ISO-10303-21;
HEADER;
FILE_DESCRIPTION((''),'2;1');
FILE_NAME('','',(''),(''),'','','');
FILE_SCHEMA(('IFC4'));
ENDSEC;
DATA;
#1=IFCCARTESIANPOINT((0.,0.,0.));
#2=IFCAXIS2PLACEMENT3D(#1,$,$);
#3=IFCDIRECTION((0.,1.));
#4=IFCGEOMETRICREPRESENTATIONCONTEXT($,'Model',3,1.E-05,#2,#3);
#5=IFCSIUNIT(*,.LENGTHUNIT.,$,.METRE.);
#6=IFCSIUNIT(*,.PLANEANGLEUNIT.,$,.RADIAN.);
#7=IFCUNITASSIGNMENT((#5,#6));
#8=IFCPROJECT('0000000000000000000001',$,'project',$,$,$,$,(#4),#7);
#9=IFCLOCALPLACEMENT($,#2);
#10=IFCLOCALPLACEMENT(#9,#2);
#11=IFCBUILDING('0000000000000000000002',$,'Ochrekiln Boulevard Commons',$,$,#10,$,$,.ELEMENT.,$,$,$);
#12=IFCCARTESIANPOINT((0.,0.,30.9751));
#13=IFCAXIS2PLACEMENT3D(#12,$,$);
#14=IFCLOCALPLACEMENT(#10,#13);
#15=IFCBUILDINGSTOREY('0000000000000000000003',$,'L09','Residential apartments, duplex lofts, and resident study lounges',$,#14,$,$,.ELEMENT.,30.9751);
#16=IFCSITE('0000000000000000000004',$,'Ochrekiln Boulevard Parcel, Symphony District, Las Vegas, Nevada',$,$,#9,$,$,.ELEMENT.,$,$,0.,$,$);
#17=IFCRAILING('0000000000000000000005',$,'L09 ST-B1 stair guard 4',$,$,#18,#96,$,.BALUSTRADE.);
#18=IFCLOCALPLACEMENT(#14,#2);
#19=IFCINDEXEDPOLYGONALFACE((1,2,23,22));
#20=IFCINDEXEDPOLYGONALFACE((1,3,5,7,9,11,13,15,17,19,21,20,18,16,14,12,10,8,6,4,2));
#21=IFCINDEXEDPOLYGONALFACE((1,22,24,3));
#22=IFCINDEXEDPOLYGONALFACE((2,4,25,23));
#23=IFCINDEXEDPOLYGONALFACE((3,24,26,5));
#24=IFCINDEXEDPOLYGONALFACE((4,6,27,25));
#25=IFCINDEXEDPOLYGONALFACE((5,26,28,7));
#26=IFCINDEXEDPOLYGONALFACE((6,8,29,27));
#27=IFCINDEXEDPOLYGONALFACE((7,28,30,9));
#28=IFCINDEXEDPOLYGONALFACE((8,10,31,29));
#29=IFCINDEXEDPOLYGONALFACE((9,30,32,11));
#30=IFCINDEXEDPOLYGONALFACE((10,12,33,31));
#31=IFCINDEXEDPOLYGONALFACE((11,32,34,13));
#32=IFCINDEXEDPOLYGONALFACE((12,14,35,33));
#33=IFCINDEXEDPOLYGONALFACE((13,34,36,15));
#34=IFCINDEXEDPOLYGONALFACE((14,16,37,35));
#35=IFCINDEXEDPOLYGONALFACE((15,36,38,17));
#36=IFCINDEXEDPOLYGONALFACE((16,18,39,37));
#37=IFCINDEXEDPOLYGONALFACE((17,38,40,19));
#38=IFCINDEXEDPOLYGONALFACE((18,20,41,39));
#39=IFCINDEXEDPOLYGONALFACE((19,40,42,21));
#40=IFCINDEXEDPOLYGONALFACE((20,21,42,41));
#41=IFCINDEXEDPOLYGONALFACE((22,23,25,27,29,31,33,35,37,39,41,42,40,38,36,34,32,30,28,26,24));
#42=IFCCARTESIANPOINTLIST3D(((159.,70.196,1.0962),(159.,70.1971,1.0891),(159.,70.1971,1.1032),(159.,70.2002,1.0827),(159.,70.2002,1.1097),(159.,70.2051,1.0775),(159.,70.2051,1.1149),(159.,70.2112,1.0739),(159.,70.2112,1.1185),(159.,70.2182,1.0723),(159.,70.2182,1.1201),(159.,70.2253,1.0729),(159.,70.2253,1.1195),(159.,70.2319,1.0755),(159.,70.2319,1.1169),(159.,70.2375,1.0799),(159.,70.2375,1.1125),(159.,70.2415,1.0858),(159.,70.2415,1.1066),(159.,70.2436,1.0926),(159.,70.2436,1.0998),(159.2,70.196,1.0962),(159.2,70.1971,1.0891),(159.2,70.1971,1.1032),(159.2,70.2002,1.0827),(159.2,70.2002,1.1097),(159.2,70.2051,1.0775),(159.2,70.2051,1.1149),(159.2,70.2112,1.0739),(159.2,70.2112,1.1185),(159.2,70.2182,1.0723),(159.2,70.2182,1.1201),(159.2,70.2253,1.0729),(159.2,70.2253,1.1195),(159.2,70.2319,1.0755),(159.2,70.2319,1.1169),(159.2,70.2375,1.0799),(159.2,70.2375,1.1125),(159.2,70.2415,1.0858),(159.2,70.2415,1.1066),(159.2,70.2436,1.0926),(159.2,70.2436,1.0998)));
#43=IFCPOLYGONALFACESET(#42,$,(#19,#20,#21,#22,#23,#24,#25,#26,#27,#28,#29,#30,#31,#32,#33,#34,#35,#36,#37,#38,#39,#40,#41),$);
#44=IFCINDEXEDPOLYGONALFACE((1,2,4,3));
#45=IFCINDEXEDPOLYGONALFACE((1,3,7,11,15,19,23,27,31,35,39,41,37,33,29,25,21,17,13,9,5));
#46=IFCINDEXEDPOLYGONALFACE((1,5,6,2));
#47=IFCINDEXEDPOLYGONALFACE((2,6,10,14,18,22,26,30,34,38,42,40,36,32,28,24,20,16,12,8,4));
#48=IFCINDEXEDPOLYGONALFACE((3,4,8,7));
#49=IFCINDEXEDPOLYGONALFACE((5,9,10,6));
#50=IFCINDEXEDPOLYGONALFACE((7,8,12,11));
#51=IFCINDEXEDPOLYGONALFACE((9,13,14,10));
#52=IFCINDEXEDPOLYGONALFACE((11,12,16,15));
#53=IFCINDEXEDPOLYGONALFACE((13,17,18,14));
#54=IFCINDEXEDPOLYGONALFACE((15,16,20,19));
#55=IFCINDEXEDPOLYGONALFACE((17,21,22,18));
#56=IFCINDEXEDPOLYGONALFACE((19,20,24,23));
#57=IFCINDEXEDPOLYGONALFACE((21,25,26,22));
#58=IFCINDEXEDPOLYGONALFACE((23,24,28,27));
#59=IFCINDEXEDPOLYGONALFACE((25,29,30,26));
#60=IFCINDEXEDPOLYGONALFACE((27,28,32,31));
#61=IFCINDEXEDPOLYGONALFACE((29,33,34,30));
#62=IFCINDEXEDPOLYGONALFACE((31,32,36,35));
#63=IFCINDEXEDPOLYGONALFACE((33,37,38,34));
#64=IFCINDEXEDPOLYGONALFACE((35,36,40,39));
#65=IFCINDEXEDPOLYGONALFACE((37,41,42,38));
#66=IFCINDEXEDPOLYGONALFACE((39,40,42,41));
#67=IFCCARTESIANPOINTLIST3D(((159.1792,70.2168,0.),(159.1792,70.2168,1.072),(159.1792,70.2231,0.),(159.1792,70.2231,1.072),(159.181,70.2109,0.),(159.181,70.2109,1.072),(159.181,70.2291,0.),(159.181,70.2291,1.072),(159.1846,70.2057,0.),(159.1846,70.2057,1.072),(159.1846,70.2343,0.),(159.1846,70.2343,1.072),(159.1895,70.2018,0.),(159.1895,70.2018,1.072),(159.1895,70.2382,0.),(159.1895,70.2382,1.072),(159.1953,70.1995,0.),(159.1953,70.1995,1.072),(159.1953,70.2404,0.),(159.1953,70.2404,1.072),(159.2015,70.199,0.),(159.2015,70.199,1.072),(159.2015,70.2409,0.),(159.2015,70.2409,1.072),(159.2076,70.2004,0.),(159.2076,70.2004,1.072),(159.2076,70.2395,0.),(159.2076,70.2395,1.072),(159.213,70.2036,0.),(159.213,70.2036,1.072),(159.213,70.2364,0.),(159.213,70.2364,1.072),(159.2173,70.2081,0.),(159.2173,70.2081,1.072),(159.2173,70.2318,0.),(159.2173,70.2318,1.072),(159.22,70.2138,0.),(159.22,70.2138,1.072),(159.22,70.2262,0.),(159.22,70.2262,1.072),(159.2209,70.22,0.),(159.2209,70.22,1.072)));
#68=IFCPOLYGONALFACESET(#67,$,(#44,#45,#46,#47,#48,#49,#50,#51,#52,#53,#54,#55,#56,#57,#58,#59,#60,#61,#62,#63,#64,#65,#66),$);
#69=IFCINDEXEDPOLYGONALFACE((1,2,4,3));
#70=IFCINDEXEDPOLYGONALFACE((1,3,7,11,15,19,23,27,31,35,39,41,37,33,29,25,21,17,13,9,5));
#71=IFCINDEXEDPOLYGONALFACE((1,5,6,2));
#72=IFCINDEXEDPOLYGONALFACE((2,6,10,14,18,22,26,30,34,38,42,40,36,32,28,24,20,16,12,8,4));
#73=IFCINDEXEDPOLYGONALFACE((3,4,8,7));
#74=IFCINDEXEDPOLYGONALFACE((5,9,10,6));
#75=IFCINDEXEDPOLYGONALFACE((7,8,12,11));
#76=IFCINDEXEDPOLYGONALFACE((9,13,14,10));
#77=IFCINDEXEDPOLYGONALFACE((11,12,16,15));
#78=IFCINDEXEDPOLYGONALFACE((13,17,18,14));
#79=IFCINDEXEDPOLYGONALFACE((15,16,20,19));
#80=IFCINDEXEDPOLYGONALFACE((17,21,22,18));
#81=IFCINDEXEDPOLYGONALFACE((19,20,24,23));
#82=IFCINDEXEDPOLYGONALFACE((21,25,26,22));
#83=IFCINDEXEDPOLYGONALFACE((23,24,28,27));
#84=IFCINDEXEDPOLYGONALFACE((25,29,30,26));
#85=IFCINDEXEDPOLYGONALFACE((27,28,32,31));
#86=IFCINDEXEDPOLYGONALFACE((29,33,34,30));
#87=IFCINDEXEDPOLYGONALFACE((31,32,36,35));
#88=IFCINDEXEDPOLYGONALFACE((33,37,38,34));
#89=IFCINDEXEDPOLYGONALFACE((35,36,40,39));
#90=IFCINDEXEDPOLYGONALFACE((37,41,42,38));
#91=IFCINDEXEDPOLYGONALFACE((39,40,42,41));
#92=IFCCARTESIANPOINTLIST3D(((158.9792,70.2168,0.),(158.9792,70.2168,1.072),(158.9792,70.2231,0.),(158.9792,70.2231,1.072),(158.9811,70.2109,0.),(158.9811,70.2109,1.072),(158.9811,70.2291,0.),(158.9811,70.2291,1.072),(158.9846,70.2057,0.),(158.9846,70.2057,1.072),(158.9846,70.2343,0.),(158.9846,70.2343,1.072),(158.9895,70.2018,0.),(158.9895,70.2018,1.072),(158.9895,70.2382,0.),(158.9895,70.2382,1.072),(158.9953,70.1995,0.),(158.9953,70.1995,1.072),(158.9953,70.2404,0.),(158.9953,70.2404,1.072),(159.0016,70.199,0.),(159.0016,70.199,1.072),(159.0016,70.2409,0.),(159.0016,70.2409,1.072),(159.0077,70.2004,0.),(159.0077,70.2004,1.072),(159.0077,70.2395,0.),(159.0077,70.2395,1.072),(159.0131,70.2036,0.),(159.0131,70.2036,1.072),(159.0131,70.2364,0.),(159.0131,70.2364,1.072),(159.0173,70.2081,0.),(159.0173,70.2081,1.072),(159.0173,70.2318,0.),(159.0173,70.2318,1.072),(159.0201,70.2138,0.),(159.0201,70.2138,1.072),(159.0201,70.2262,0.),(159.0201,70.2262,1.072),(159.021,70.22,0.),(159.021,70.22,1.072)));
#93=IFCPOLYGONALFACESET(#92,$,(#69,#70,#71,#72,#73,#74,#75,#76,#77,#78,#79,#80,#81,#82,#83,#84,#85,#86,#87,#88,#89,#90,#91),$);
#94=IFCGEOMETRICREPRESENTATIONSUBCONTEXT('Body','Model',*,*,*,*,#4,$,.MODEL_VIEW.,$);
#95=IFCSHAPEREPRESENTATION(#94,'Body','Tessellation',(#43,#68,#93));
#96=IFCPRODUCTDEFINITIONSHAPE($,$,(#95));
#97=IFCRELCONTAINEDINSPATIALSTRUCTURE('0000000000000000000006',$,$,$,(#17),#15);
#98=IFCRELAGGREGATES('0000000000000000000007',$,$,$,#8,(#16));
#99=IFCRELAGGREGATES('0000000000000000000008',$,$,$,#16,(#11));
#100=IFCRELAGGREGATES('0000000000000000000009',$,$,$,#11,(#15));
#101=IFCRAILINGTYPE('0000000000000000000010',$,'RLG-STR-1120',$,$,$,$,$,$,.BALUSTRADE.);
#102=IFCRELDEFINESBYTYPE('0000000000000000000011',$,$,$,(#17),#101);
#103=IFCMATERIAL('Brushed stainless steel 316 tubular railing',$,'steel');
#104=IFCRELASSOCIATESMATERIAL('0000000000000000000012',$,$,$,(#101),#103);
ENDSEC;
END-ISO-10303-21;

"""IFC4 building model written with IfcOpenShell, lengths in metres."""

from ifc_helpers import new_model, si_unit, direction, frame, origin, origin_2d, place, context, subcontext, project, spatial, circle, extrude, material, type_object, element, save


model = new_model("IFC4")

# Units and contexts
model_context = context("Model", 3, precision=1e-05, world=origin(), true_north=direction((0.0, 1.0)))
body_context = subcontext(model_context, "Body", "Model", "MODEL_VIEW")
ifc_project = project(units=[si_unit("LENGTHUNIT", "METRE"), si_unit("PLANEANGLEUNIT", "RADIAN")], contexts=[model_context])

# Site, building, storey
site_placement = place(None, origin())
site = spatial("IfcSite", under=ifc_project, at=site_placement, Name="Ochrekiln Boulevard Parcel, Symphony District, Las Vegas, Nevada", CompositionType="ELEMENT", RefElevation=0.0)
building_placement = place(site_placement, origin())
building = spatial("IfcBuilding", under=site, at=building_placement, Name="Ochrekiln Boulevard Commons", CompositionType="ELEMENT")
storey_placement = place(building_placement, frame((0.0, 0.0, 30.9751)))
storey = spatial("IfcBuildingStorey", under=building, at=storey_placement, Name="L09", Description="Residential apartments, duplex lofts, and resident study lounges", CompositionType="ELEMENT", Elevation=30.9751)

# Railing
ifc_material_1 = material(Name="Brushed stainless steel 316 tubular railing", Category="steel")
railing_type_1 = type_object("IfcRailingType", Name="RLG-STR-1120", PredefinedType="BALUSTRADE", material=ifc_material_1)
railing_1_placement = place(storey_placement, frame((159.2, 70.22, 0.0)))
element("IfcRailing", 1, at=railing_1_placement, inside=storey, type_object=railing_type_1, Name="L09 ST-B1 stair guard 4", PredefinedType="BALUSTRADE", context=body_context, shape_type="SweptSolid", body=[
    extrude(circle(Radius=0.0239, at=origin_2d()), frame((0.0, 0.0, 1.0962), z_axis=(-1.0, 0.0, 0.0), x_axis=(0.0, -1.0, 0.0)), (0.0, 0.0, 1.0), 0.2),
    extrude(circle(Radius=0.021, at=origin_2d()), origin(), (0.0, 0.0, 1.0), 1.072),
    extrude(circle(Radius=0.021, at=origin_2d()), frame((-0.2, 0.0, 0.0)), (0.0, 0.0, 1.0), 1.072),
])

save(model, "model.ifc")
